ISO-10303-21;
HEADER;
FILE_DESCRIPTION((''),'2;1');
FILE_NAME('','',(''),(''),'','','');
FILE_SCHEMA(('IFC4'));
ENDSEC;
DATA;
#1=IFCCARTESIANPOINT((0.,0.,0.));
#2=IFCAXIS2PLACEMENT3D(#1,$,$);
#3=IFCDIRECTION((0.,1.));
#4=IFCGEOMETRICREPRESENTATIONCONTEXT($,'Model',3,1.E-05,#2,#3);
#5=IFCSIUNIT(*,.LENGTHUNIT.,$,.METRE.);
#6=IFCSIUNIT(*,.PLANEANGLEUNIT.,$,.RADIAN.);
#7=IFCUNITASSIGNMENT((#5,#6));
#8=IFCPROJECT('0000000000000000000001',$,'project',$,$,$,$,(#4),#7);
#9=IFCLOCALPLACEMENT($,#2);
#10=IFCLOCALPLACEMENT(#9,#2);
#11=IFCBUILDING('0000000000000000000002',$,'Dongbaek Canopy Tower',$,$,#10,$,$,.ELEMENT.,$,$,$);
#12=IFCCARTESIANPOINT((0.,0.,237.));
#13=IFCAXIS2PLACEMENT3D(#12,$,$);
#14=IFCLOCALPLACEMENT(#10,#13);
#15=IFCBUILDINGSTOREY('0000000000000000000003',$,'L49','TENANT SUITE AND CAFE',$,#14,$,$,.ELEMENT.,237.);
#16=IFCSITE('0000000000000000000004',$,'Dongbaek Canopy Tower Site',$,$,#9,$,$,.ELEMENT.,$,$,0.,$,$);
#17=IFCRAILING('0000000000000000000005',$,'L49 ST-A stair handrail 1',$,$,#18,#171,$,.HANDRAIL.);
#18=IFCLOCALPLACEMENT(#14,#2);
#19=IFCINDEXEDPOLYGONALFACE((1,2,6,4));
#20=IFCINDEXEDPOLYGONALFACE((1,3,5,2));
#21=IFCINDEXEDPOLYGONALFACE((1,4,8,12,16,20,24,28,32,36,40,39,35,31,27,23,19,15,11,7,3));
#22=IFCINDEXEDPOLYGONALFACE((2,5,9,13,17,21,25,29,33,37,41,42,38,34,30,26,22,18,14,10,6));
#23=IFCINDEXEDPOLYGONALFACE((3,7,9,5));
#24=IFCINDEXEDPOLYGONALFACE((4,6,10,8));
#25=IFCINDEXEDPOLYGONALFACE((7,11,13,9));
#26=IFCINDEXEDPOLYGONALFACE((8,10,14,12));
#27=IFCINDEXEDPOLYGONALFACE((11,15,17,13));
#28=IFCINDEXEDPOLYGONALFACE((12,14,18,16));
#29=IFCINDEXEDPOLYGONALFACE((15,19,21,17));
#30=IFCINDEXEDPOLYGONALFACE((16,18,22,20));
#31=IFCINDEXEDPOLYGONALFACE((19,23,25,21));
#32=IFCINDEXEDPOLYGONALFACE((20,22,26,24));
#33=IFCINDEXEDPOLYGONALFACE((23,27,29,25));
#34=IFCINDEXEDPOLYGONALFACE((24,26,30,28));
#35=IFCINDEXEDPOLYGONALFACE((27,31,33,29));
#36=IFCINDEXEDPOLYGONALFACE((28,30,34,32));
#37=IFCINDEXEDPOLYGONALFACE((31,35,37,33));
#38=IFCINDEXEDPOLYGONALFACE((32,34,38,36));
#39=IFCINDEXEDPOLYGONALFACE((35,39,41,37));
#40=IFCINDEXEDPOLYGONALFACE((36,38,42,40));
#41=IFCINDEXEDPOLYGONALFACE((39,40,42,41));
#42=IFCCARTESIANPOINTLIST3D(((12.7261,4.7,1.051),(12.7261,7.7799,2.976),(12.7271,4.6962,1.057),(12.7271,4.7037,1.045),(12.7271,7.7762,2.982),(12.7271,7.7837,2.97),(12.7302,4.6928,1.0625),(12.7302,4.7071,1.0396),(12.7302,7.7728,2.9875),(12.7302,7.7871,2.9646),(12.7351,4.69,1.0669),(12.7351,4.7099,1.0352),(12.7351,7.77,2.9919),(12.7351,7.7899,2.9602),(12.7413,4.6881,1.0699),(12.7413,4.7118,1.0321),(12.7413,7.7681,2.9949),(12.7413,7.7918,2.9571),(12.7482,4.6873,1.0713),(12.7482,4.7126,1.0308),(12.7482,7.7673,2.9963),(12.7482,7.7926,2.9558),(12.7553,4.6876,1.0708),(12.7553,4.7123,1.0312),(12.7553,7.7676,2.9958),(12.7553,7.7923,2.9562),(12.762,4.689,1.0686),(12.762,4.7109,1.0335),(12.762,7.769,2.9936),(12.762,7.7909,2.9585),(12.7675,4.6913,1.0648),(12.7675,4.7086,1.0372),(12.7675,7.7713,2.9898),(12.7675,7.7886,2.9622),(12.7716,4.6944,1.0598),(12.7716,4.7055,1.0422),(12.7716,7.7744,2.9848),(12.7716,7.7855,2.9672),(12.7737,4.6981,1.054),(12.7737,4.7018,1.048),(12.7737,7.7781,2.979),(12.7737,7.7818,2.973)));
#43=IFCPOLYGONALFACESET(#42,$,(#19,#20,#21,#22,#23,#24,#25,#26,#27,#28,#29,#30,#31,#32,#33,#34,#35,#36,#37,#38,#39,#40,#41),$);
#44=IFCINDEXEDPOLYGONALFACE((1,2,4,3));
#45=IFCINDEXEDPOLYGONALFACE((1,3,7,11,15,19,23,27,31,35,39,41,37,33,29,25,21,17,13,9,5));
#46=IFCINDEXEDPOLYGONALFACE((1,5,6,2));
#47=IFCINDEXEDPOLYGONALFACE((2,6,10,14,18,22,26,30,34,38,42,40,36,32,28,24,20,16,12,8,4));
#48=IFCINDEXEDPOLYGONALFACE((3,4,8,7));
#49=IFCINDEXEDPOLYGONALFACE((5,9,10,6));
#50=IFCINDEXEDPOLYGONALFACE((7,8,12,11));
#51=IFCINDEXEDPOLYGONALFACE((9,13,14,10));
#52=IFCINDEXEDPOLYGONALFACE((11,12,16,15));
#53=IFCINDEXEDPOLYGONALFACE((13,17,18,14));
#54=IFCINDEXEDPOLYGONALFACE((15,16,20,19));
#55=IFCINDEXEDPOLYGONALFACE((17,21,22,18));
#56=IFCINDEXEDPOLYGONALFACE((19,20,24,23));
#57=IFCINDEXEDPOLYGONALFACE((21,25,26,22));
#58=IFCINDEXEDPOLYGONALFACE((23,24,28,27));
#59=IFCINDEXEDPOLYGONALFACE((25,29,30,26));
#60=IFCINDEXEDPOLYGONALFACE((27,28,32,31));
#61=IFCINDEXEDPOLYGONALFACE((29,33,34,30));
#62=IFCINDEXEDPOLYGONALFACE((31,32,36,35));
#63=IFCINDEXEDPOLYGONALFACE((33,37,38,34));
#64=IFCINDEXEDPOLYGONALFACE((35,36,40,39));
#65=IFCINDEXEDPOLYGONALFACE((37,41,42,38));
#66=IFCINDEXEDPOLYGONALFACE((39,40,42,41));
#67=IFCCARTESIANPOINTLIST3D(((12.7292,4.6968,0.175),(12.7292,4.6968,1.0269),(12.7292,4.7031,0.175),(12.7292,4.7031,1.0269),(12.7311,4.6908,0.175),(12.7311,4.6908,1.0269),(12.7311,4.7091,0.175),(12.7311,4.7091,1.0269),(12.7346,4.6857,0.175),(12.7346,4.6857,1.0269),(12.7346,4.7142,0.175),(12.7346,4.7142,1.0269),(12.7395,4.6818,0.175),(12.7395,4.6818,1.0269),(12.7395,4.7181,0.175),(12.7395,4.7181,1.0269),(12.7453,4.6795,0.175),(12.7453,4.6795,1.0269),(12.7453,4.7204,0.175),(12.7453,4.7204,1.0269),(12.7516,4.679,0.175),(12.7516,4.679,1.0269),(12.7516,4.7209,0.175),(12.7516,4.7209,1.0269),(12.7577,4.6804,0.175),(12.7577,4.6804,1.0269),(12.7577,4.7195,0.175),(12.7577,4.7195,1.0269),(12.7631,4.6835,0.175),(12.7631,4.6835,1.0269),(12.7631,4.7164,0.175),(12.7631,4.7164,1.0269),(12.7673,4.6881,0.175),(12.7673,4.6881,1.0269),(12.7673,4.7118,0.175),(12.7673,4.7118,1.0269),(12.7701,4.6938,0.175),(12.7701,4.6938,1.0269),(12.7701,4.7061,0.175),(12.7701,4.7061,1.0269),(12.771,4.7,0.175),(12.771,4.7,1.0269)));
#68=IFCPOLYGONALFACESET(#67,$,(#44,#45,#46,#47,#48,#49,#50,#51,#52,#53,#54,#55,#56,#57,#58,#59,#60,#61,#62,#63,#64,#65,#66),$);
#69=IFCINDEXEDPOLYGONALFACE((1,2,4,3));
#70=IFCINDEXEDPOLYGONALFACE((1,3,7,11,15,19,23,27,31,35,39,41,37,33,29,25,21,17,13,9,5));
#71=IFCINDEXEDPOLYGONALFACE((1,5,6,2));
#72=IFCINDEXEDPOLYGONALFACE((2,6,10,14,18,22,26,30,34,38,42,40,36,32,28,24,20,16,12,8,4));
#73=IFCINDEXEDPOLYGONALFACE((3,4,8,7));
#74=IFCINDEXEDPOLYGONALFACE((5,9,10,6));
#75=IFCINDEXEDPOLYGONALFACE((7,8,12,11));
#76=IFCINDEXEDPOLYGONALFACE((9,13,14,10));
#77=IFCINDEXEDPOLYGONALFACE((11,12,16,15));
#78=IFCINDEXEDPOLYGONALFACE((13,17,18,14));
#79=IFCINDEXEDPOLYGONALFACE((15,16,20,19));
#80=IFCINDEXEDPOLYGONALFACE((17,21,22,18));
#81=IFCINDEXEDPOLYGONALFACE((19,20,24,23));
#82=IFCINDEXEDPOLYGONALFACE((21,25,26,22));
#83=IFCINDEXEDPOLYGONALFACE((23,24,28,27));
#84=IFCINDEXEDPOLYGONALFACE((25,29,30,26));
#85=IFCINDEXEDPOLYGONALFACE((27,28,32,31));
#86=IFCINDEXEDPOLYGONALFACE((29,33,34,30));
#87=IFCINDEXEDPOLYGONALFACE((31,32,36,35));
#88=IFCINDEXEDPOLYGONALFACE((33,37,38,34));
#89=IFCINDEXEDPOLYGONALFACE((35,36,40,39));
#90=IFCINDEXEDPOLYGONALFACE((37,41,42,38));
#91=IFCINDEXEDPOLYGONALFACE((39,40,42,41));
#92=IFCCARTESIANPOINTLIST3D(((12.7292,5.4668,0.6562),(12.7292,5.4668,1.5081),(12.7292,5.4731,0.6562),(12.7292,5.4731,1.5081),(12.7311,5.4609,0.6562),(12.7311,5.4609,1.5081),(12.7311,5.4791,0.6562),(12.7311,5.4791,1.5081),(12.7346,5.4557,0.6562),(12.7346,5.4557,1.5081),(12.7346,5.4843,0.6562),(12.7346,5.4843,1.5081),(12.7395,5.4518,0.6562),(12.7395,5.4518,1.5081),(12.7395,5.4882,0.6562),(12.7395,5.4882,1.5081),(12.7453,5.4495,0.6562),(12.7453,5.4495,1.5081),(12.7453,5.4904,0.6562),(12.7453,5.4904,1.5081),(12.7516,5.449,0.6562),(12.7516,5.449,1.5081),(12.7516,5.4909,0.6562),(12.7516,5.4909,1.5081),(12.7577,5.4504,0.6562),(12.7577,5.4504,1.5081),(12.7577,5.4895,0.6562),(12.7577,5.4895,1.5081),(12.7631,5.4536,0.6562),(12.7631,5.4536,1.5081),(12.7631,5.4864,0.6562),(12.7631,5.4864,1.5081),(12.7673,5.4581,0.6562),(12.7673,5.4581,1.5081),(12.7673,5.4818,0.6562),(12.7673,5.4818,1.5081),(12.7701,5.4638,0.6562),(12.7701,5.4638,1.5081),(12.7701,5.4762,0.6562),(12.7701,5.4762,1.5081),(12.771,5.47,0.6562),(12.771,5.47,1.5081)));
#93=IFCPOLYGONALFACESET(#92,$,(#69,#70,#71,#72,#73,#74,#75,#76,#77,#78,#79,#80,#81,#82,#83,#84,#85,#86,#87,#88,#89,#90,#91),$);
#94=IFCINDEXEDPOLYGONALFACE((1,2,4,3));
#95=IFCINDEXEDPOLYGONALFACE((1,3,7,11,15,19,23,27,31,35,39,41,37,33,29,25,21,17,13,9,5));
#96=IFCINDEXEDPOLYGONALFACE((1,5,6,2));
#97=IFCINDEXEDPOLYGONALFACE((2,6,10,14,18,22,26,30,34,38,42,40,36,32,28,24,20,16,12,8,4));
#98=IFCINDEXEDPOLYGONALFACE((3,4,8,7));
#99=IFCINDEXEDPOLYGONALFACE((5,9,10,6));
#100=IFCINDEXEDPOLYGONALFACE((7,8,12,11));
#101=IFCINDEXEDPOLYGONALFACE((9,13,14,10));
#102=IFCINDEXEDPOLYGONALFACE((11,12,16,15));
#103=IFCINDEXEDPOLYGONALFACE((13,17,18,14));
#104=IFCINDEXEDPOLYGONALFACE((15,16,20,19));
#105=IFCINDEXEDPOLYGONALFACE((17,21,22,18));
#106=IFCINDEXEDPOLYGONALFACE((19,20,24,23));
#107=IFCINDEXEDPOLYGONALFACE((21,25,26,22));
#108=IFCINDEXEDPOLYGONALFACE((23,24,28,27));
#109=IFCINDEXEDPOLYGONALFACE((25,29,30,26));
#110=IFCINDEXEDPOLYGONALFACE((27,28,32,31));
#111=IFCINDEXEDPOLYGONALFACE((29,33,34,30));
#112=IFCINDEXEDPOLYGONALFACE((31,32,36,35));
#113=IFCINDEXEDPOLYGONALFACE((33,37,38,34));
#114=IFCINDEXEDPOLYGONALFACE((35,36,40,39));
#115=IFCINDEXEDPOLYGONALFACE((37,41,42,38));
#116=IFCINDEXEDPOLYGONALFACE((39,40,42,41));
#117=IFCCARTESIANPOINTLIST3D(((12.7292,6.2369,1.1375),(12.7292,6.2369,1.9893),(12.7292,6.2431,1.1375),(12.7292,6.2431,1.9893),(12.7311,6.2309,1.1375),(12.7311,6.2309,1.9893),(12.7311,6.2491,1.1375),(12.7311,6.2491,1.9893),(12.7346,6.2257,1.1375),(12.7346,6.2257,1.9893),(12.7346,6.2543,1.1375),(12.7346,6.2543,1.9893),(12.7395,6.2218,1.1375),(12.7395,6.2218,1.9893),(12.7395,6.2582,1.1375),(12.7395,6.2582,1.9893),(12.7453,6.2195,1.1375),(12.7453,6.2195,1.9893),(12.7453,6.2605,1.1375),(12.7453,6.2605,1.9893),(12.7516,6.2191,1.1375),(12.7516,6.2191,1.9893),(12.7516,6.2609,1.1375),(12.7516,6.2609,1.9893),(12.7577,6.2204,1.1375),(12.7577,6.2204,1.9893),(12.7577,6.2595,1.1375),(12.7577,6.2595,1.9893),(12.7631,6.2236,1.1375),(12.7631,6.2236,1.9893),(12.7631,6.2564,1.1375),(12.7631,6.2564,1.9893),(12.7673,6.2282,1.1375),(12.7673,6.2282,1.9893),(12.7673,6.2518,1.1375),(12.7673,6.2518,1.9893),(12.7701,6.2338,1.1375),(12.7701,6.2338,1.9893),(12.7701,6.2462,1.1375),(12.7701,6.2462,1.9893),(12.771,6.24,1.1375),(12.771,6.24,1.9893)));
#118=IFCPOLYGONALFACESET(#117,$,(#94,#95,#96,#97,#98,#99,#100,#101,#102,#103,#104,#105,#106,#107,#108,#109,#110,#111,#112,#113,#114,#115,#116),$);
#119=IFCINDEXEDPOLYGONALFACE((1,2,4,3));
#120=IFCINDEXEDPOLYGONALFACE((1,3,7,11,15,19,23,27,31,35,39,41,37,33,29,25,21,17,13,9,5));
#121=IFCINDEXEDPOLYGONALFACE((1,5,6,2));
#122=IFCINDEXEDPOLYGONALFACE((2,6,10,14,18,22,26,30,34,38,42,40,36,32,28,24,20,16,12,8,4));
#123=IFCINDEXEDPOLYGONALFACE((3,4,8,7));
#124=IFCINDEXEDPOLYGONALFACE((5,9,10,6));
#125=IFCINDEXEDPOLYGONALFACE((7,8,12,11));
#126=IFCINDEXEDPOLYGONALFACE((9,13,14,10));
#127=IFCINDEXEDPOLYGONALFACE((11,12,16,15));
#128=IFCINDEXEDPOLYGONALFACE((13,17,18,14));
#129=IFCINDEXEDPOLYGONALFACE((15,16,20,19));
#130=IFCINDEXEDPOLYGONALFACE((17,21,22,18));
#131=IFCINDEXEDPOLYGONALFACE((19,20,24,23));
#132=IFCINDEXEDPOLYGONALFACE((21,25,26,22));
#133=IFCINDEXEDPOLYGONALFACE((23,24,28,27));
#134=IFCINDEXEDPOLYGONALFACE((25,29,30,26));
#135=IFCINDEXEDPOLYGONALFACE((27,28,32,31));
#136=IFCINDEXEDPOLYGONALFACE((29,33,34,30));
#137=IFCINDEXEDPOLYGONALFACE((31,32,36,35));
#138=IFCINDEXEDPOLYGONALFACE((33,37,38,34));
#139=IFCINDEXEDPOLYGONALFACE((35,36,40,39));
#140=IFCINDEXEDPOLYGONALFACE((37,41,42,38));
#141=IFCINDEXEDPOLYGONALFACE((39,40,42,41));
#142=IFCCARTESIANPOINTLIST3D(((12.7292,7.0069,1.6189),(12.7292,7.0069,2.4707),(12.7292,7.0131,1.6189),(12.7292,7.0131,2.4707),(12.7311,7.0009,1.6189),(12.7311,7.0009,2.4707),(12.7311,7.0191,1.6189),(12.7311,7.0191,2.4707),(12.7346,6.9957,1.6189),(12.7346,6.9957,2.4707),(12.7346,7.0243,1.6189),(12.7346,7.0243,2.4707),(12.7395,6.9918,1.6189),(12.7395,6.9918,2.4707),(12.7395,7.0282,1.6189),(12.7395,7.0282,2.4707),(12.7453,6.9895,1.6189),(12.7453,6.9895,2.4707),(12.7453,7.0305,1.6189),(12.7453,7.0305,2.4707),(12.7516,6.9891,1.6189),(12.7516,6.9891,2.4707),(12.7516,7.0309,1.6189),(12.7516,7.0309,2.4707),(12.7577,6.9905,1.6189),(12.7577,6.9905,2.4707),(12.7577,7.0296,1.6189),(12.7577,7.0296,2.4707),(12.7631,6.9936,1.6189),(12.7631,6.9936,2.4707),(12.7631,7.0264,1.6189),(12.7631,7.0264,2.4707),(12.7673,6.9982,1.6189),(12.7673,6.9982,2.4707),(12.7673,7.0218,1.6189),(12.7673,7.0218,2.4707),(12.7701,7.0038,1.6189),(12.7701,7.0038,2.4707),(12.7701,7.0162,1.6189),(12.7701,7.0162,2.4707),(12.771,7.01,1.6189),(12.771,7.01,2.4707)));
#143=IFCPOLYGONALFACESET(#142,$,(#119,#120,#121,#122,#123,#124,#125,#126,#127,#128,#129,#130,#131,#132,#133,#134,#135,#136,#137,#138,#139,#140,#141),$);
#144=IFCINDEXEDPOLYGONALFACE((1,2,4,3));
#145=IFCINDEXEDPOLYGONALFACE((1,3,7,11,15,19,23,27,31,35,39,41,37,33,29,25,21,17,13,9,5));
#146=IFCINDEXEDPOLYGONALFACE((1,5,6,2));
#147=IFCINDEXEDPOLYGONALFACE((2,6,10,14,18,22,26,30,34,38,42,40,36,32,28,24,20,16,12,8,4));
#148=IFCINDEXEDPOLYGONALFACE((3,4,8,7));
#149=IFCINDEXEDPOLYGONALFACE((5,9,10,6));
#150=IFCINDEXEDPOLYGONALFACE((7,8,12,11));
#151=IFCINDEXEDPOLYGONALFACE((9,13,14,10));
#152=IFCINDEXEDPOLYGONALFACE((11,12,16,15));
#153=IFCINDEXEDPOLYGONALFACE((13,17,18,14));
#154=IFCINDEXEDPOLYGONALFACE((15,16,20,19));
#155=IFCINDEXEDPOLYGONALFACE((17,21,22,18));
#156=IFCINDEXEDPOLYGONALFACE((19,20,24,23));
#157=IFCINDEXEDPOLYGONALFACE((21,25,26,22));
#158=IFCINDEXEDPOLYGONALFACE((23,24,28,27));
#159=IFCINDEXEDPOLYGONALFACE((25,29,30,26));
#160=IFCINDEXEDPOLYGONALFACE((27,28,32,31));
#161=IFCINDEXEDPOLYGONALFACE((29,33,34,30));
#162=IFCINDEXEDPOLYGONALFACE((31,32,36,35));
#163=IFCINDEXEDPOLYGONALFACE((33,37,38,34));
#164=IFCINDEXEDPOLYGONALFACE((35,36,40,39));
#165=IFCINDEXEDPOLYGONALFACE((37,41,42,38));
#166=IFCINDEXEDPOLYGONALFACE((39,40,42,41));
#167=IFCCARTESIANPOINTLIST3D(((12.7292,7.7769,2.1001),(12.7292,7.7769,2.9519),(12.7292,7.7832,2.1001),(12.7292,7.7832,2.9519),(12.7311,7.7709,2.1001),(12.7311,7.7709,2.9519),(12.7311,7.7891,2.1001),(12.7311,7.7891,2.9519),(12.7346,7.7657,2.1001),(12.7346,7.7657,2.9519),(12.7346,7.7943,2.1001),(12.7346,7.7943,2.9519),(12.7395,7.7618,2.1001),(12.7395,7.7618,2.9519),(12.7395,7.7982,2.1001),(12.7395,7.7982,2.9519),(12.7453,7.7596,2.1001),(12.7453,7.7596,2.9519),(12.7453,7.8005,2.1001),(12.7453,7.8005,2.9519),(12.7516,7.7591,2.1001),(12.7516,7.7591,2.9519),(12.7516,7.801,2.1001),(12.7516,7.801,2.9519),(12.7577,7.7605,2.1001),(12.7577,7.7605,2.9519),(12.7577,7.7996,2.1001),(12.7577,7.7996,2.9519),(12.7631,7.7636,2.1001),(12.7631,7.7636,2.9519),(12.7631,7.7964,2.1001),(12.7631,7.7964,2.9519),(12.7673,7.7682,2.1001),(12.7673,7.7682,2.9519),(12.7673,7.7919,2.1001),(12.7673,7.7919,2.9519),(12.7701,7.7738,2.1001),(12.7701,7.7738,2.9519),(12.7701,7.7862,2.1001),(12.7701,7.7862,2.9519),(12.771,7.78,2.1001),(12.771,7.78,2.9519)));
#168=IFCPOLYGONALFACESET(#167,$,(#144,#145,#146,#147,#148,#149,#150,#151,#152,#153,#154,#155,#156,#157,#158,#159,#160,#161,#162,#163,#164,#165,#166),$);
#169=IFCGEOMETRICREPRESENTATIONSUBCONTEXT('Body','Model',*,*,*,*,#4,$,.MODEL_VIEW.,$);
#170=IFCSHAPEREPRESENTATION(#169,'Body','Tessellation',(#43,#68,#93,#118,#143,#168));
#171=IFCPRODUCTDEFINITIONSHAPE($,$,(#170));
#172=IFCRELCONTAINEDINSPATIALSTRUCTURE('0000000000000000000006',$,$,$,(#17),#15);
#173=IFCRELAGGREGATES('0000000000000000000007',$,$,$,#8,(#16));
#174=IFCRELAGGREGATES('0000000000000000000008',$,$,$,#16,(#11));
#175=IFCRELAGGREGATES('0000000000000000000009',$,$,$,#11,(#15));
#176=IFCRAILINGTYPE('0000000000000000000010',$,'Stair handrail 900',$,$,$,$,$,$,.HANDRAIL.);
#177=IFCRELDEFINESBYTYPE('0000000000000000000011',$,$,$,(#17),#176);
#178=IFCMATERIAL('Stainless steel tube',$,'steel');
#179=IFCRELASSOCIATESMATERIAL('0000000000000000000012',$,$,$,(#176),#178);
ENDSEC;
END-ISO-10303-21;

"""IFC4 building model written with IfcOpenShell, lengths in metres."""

from ifc_helpers import new_model, si_unit, direction, frame, origin, origin_2d, place, context, subcontext, project, spatial, circle, extrude, material, type_object, element, save


model = new_model("IFC4")

# Units and contexts
model_context = context("Model", 3, precision=1e-05, world=origin(), true_north=direction((0.0, 1.0)))
body_context = subcontext(model_context, "Body", "Model", "MODEL_VIEW")
ifc_project = project(units=[si_unit("LENGTHUNIT", "METRE"), si_unit("PLANEANGLEUNIT", "RADIAN")], contexts=[model_context])

# Site, building, storey
site_placement = place(None, origin())
site = spatial("IfcSite", under=ifc_project, at=site_placement, Name="Dongbaek Canopy Tower Site", CompositionType="ELEMENT", RefElevation=0.0)
building_placement = place(site_placement, origin())
building = spatial("IfcBuilding", under=site, at=building_placement, Name="Dongbaek Canopy Tower", CompositionType="ELEMENT")
storey_placement = place(building_placement, frame((0.0, 0.0, 237.0)))
storey = spatial("IfcBuildingStorey", under=building, at=storey_placement, Name="L49", Description="TENANT SUITE AND CAFE", CompositionType="ELEMENT", Elevation=237.0)

# Railing
ifc_material_1 = material(Name="Stainless steel tube", Category="steel")
railing_type = type_object("IfcRailingType", Name="Stair handrail 900", PredefinedType="HANDRAIL", material=ifc_material_1)
railing_placement = place(storey_placement, frame((12.75, 4.7, 0.175)))
element("IfcRailing", 1, at=railing_placement, inside=storey, type_object=railing_type, Name="L49 ST-A stair handrail 1", PredefinedType="HANDRAIL", context=body_context, shape_type="SweptSolid", body=[
    extrude(circle(Radius=0.0239, at=origin_2d()), frame((0.0, 0.0, 0.876), z_axis=(0.0, 0.847998, 0.529999), x_axis=(-1.0, 0.0, 0.0)), (0.0, 0.0, 1.0), 3.6321),
    extrude(circle(Radius=0.021, at=origin_2d()), origin(), (0.0, 0.0, 1.0), 0.8518),
    extrude(circle(Radius=0.021, at=origin_2d()), frame((0.0, 0.77, 0.4812)), (0.0, 0.0, 1.0), 0.8518),
    extrude(circle(Radius=0.021, at=origin_2d()), frame((0.0, 1.54, 0.9624)), (0.0, 0.0, 1.0), 0.8518),
    extrude(circle(Radius=0.021, at=origin_2d()), frame((0.0, 2.3101, 1.4438)), (0.0, 0.0, 1.0), 0.8518),
    extrude(circle(Radius=0.021, at=origin_2d()), frame((0.0, 3.0801, 1.925)), (0.0, 0.0, 1.0), 0.8518),
])

save(model, "model.ifc")
